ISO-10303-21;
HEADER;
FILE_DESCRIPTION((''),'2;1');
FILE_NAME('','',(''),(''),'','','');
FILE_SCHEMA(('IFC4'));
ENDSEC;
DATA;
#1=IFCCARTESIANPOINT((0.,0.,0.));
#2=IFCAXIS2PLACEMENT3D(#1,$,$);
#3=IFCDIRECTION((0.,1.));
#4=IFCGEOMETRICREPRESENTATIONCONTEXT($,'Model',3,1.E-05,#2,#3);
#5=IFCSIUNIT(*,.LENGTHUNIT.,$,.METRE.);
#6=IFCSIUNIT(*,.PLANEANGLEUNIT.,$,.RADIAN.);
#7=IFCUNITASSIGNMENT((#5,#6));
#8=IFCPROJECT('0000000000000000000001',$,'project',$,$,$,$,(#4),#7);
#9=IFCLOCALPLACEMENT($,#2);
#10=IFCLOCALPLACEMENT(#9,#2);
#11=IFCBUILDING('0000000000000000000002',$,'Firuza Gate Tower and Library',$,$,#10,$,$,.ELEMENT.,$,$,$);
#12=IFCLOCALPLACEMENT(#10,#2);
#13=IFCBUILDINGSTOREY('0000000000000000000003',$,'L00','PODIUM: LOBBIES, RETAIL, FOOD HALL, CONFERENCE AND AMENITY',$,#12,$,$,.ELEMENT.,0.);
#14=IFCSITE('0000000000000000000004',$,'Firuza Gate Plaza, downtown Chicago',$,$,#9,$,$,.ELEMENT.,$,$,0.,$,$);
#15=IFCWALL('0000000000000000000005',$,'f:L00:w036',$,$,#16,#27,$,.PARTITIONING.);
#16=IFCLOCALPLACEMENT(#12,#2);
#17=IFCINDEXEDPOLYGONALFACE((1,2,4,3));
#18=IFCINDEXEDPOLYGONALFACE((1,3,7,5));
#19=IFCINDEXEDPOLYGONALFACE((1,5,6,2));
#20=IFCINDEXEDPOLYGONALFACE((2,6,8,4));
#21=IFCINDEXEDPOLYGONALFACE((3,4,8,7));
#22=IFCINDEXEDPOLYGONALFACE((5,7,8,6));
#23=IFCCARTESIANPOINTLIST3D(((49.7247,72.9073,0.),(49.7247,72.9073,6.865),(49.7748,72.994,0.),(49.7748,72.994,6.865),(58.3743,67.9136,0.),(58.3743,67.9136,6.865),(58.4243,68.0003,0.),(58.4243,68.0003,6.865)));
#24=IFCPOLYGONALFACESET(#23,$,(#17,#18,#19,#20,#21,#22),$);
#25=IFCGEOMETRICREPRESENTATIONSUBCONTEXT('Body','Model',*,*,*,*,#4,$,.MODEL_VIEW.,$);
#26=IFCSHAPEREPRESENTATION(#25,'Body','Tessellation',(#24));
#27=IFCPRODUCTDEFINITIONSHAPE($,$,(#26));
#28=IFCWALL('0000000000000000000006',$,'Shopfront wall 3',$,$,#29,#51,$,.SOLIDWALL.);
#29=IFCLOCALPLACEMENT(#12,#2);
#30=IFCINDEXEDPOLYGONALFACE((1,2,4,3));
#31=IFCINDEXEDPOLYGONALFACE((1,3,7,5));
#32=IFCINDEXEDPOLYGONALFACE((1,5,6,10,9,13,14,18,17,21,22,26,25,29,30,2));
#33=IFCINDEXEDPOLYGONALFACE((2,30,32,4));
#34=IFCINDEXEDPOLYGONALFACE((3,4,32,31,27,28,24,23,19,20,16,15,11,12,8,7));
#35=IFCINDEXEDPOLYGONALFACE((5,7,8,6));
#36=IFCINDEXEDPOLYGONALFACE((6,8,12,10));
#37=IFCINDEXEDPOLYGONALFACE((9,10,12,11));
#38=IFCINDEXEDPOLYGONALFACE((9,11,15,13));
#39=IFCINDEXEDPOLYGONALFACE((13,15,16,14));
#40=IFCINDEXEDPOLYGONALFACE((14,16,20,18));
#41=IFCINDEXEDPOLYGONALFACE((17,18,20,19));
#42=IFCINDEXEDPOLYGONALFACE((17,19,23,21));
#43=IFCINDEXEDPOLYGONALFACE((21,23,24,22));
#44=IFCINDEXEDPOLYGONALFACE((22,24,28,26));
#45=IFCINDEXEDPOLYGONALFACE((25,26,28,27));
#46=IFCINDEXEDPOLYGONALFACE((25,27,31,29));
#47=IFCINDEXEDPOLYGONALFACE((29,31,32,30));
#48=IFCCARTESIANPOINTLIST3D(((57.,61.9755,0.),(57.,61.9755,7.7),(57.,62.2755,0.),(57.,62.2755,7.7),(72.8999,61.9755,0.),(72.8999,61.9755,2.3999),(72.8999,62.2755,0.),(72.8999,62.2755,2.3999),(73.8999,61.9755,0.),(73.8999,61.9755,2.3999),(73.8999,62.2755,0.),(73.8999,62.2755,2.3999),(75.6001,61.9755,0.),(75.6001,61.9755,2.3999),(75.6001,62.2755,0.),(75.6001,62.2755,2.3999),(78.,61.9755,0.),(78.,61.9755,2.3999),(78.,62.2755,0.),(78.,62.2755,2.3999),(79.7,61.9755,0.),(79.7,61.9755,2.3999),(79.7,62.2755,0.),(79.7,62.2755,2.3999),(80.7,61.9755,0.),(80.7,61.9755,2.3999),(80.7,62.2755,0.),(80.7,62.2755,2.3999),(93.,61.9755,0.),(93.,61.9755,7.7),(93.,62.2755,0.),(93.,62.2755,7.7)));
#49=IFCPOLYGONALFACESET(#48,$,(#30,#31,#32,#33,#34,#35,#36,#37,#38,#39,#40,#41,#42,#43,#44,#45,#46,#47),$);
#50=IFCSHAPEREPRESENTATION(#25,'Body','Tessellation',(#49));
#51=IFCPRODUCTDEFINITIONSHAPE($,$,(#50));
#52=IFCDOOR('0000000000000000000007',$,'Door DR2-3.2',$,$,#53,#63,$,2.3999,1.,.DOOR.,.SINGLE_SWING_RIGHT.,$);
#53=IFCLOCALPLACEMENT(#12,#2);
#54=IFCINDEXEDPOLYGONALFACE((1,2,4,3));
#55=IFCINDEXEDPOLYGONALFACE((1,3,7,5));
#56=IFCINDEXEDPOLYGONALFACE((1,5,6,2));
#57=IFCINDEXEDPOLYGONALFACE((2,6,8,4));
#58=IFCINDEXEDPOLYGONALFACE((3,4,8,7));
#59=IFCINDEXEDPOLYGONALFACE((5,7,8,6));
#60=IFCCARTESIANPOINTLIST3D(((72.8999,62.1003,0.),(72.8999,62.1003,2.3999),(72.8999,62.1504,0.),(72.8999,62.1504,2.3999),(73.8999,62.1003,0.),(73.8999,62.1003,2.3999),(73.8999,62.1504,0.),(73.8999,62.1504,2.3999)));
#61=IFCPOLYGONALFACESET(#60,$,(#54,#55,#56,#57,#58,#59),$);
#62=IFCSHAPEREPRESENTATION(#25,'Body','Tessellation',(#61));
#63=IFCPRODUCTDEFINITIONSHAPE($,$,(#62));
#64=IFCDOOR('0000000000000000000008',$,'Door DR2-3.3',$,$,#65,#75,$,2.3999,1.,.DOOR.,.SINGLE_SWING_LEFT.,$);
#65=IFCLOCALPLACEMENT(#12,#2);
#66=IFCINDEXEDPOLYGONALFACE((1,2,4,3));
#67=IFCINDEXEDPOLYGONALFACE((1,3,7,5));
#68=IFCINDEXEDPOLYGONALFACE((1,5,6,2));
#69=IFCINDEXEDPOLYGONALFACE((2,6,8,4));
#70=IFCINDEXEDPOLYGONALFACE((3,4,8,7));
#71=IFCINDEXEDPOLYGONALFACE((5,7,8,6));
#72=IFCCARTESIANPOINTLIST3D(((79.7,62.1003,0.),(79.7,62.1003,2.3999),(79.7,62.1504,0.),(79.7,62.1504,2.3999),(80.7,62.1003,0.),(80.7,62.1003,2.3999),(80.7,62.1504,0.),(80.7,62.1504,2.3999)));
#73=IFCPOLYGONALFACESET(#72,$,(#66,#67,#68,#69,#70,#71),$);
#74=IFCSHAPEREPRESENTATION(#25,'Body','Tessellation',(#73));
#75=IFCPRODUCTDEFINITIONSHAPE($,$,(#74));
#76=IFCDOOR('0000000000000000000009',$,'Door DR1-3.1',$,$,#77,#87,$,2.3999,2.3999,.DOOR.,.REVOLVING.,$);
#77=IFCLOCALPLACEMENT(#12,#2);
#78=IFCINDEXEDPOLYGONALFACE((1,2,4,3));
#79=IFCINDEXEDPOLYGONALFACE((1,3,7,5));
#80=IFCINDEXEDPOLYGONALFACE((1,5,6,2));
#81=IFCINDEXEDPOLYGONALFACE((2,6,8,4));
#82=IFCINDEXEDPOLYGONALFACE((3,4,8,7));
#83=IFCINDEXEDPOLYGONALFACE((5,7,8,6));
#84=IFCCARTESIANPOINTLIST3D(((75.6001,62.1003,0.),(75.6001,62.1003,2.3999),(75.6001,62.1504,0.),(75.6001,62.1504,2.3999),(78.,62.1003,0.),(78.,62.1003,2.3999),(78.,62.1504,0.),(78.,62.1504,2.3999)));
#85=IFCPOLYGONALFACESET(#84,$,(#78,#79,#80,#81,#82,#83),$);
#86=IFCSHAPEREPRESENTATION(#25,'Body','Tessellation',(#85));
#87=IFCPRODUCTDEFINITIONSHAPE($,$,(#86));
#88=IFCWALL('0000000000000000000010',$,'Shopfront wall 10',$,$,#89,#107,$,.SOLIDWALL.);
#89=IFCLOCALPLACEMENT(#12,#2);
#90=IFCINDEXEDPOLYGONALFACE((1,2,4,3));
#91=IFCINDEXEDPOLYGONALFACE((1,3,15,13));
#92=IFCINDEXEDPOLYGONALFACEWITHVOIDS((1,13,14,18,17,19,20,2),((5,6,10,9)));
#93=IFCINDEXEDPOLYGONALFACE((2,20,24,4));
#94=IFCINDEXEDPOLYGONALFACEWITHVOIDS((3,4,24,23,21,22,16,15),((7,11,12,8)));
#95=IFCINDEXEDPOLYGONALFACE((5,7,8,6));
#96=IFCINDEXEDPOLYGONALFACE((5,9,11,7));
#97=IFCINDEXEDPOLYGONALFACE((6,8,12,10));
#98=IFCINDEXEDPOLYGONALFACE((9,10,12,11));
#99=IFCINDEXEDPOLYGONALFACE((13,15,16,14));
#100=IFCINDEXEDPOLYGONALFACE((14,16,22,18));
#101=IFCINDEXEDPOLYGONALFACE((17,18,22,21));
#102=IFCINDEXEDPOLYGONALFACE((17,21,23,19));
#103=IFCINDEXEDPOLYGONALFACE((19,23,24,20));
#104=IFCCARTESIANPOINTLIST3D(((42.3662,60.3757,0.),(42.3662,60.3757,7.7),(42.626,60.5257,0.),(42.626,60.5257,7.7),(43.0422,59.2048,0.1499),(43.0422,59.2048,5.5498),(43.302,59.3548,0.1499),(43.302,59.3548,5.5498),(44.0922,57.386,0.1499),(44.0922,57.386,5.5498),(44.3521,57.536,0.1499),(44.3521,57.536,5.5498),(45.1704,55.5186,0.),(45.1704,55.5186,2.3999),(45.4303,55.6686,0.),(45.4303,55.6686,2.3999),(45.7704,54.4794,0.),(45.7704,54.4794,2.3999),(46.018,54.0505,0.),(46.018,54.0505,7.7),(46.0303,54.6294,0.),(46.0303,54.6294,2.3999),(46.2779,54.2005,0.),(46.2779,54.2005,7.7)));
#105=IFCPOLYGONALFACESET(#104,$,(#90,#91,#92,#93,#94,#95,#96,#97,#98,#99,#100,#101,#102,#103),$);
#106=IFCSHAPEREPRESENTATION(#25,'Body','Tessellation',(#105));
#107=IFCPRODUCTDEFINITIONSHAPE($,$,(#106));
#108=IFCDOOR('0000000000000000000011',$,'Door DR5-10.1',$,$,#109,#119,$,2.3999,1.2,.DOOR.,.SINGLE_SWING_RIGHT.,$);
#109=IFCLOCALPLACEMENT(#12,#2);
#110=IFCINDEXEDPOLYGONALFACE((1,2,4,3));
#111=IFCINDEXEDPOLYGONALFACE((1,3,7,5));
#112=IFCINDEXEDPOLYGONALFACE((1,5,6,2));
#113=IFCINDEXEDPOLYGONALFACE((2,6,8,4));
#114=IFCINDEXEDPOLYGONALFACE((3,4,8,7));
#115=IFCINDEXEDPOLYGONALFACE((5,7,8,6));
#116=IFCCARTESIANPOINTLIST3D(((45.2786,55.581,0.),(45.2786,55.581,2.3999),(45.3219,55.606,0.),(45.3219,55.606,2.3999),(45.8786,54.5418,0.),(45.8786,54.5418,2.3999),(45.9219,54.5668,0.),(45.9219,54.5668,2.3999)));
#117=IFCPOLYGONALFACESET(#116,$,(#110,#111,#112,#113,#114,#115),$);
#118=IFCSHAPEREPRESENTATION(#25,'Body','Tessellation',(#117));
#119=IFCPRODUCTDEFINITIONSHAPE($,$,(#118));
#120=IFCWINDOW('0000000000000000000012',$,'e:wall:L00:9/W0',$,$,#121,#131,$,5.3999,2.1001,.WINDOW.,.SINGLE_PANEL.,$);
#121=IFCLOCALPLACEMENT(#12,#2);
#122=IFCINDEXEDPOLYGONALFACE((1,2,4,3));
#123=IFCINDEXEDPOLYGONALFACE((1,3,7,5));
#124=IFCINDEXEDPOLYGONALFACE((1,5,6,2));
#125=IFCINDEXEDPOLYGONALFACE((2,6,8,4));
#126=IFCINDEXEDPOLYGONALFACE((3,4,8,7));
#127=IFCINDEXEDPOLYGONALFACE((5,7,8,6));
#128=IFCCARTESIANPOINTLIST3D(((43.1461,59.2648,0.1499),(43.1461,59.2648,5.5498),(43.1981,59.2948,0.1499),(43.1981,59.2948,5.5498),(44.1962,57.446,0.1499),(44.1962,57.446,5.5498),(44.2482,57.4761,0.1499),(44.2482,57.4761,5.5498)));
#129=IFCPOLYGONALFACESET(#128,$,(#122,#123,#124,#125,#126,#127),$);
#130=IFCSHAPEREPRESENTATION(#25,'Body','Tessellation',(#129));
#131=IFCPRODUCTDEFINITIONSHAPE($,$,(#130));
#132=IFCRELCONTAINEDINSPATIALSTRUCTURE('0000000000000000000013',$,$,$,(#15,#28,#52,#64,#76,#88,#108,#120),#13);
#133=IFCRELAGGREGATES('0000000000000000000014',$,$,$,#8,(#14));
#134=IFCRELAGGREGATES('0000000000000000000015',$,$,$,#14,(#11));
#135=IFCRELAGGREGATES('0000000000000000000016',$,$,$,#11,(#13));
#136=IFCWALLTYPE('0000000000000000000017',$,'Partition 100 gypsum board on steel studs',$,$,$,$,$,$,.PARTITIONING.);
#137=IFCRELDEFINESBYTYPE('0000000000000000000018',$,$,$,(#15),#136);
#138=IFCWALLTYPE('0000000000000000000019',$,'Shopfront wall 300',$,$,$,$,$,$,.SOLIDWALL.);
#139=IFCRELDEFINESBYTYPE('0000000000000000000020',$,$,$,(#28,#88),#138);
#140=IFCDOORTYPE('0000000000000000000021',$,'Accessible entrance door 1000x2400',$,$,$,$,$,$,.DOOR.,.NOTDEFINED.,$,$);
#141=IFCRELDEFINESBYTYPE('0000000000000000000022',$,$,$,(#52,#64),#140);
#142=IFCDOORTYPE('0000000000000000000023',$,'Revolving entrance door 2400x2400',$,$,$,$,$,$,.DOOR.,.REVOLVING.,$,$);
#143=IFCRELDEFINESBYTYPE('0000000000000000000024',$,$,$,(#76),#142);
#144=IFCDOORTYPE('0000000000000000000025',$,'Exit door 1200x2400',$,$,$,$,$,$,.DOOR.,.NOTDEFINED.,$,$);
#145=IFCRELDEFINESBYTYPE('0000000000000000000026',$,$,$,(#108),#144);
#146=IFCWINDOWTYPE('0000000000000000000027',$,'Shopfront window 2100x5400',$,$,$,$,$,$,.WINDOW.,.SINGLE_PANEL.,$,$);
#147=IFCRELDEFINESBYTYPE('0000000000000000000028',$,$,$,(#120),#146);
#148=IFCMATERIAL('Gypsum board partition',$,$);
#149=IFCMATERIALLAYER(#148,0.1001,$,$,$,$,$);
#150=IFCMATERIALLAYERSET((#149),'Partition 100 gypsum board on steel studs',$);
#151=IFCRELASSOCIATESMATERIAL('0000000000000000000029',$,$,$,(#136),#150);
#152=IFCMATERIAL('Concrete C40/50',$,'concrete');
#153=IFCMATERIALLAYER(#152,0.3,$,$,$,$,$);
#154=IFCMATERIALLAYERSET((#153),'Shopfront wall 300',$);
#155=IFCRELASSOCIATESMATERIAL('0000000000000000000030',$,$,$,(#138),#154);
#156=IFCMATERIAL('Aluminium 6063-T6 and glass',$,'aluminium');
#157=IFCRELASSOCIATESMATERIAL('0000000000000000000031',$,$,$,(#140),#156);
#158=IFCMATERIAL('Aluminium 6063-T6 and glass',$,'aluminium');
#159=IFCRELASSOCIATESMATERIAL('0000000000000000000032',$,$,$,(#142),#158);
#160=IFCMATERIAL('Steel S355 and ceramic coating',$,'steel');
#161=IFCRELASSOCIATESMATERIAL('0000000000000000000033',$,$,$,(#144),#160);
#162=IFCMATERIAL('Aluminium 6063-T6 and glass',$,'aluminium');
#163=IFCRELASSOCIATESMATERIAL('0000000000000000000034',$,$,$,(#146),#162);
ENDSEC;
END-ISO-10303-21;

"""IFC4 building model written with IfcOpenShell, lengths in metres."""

from ifc_helpers import new_model, si_unit, direction, frame, frame_2d, origin, place, context, subcontext, project, spatial, rectangle, extrude, material, layer, layer_set, type_object, element, fill, save


model = new_model("IFC4")

# Units and contexts
model_context = context("Model", 3, precision=1e-05, world=origin(), true_north=direction((0.0, 1.0)))
body_context = subcontext(model_context, "Body", "Model", "MODEL_VIEW")
ifc_project = project(units=[si_unit("LENGTHUNIT", "METRE"), si_unit("PLANEANGLEUNIT", "RADIAN")], contexts=[model_context])

# Site, building, storey
site_placement = place(None, origin())
site = spatial("IfcSite", under=ifc_project, at=site_placement, Name="Firuza Gate Plaza, downtown Chicago", CompositionType="ELEMENT", RefElevation=0.0)
building_placement = place(site_placement, origin())
building = spatial("IfcBuilding", under=site, at=building_placement, Name="Firuza Gate Tower and Library", CompositionType="ELEMENT")
storey_placement = place(building_placement, origin())
storey = spatial("IfcBuildingStorey", under=building, at=storey_placement, Name="L00", Description="PODIUM: LOBBIES, RETAIL, FOOD HALL, CONFERENCE AND AMENITY", CompositionType="ELEMENT", Elevation=0.0)

# Wall
ifc_material_1 = material(Name="Gypsum board partition")
ifc_layer_1 = layer(ifc_material_1, 0.1001)
ifc_layer_set_1 = layer_set([ifc_layer_1], Name="Partition 100 gypsum board on steel studs")
wall_type_1 = type_object("IfcWallType", Name="Partition 100 gypsum board on steel studs", PredefinedType="PARTITIONING", material=ifc_layer_set_1)
wall_1_placement = place(storey_placement, frame((58.3992, 67.957, 0.0), z_axis=(0.0, 0.0, 1.0), x_axis=(-0.866029, 0.499993, 0.0)))
element("IfcWall", 1, at=wall_1_placement, inside=storey, type_object=wall_type_1, Name="f:L00:w036", PredefinedType="PARTITIONING", context=body_context, shape_type="SweptSolid", body=[
    extrude(rectangle(XDim=9.9875, YDim=0.1001, at=frame_2d((4.9937, 0.0))), origin(), (0.0, 0.0, 1.0), 6.865),
])

# Wall, openings, doors
ifc_material_2 = material(Name="Concrete C40/50", Category="concrete")
ifc_layer_2 = layer(ifc_material_2, 0.3)
ifc_layer_set_2 = layer_set([ifc_layer_2], Name="Shopfront wall 300")
wall_type_2 = type_object("IfcWallType", Name="Shopfront wall 300", PredefinedType="SOLIDWALL", material=ifc_layer_set_2)
wall_2_placement = place(storey_placement, frame((57.0, 62.1255, 0.0), z_axis=(0.0, 0.0, 1.0), x_axis=(1.0, 0.0, 0.0)))
wall_2 = element("IfcWall", 2, at=wall_2_placement, inside=storey, type_object=wall_type_2, Name="Shopfront wall 3", PredefinedType="SOLIDWALL", context=body_context, shape_type="SweptSolid", body=[
    extrude(rectangle(XDim=36.0, YDim=0.3, at=frame_2d((18.0, 0.0))), origin(), (0.0, 0.0, 1.0), 7.7),
])
opening_1_placement = place(wall_2_placement, frame((18.6001, 0.0, 0.0)))
opening_1 = element("IfcOpeningElement", 3, at=opening_1_placement, cuts=wall_2, PredefinedType="OPENING", context=body_context, shape_type="SweptSolid", body=[
    extrude(rectangle(XDim=2.3999, YDim=2.3999, at=frame_2d((1.2, 1.2))), frame((0.0, 0.1602, 0.0), z_axis=(0.0, -1.0, 0.0), x_axis=(1.0, 0.0, 0.0)), (0.0, 0.0, 1.0), 0.3201),
])
opening_2_placement = place(wall_2_placement, frame((15.8999, 0.0, 0.0)))
opening_2 = element("IfcOpeningElement", 4, at=opening_2_placement, cuts=wall_2, PredefinedType="OPENING", context=body_context, shape_type="SweptSolid", body=[
    extrude(rectangle(XDim=1.0, YDim=2.3999, at=frame_2d((0.5, 1.2))), frame((0.0, 0.1602, 0.0), z_axis=(0.0, -1.0, 0.0), x_axis=(1.0, 0.0, 0.0)), (0.0, 0.0, 1.0), 0.3201),
])
opening_3_placement = place(wall_2_placement, frame((22.7, 0.0, 0.0)))
opening_3 = element("IfcOpeningElement", 5, at=opening_3_placement, cuts=wall_2, PredefinedType="OPENING", context=body_context, shape_type="SweptSolid", body=[
    extrude(rectangle(XDim=1.0, YDim=2.3999, at=frame_2d((0.5, 1.2))), frame((0.0, 0.1602, 0.0), z_axis=(0.0, -1.0, 0.0), x_axis=(1.0, 0.0, 0.0)), (0.0, 0.0, 1.0), 0.3201),
])
ifc_material_3 = material(Name="Aluminium 6063-T6 and glass", Category="aluminium")
door_type_1 = type_object("IfcDoorType", Name="Accessible entrance door 1000x2400", OperationType="NOTDEFINED", PredefinedType="DOOR", material=ifc_material_3)
door_1_placement = place(opening_2_placement, origin())
door_1 = element("IfcDoor", 6, at=door_1_placement, inside=storey, type_object=door_type_1, Name="Door DR2-3.2", OperationType="SINGLE_SWING_RIGHT", OverallHeight=2.3999, OverallWidth=1.0, PredefinedType="DOOR", context=body_context, shape_type="SweptSolid", body=[
    extrude(rectangle(XDim=1.0, YDim=2.3999, at=frame_2d((0.5, 1.2))), frame((0.0, 0.0249, 0.0), z_axis=(0.0, -1.0, 0.0), x_axis=(1.0, 0.0, 0.0)), (0.0, 0.0, 1.0), 0.05),
])
fill(opening_2, door_1)
door_2_placement = place(opening_3_placement, origin())
door_2 = element("IfcDoor", 7, at=door_2_placement, inside=storey, type_object=door_type_1, Name="Door DR2-3.3", OperationType="SINGLE_SWING_LEFT", OverallHeight=2.3999, OverallWidth=1.0, PredefinedType="DOOR", context=body_context, shape_type="SweptSolid", body=[
    extrude(rectangle(XDim=1.0, YDim=2.3999, at=frame_2d((0.5, 1.2))), frame((0.0, 0.0249, 0.0), z_axis=(0.0, -1.0, 0.0), x_axis=(1.0, 0.0, 0.0)), (0.0, 0.0, 1.0), 0.05),
])
fill(opening_3, door_2)
ifc_material_4 = material(Name="Aluminium 6063-T6 and glass", Category="aluminium")
door_type_2 = type_object("IfcDoorType", Name="Revolving entrance door 2400x2400", OperationType="REVOLVING", PredefinedType="DOOR", material=ifc_material_4)
door_3_placement = place(opening_1_placement, origin())
door_3 = element("IfcDoor", 8, at=door_3_placement, inside=storey, type_object=door_type_2, Name="Door DR1-3.1", OperationType="REVOLVING", OverallHeight=2.3999, OverallWidth=2.3999, PredefinedType="DOOR", context=body_context, shape_type="SweptSolid", body=[
    extrude(rectangle(XDim=2.3999, YDim=2.3999, at=frame_2d((1.2, 1.2))), frame((0.0, 0.0249, 0.0), z_axis=(0.0, -1.0, 0.0), x_axis=(1.0, 0.0, 0.0)), (0.0, 0.0, 1.0), 0.05),
])
fill(opening_1, door_3)

# Wall, openings, door, window
wall_3_placement = place(storey_placement, frame((42.4961, 60.4507, 0.0), z_axis=(0.0, 0.0, 1.0), x_axis=(0.5, -0.866025, 0.0)))
wall_3 = element("IfcWall", 9, at=wall_3_placement, inside=storey, type_object=wall_type_2, Name="Shopfront wall 10", PredefinedType="SOLIDWALL", context=body_context, shape_type="SweptSolid", body=[
    extrude(rectangle(XDim=7.3037, YDim=0.3, at=frame_2d((3.6519, 0.0))), origin(), (0.0, 0.0, 1.0), 7.7),
])
opening_4_placement = place(wall_3_placement, frame((5.6084, 0.0, 0.0)))
opening_4 = element("IfcOpeningElement", 10, at=opening_4_placement, cuts=wall_3, PredefinedType="OPENING", context=body_context, shape_type="SweptSolid", body=[
    extrude(rectangle(XDim=1.2, YDim=2.3999, at=frame_2d((0.6001, 1.2))), frame((0.0, 0.1602, 0.0), z_axis=(0.0, -1.0, 0.0), x_axis=(1.0, 0.0, 0.0)), (0.0, 0.0, 1.0), 0.3201),
])
opening_5_placement = place(wall_3_placement, frame((1.3521, 0.0, 0.1499)))
opening_5 = element("IfcOpeningElement", 11, at=opening_5_placement, cuts=wall_3, PredefinedType="OPENING", context=body_context, shape_type="SweptSolid", body=[
    extrude(rectangle(XDim=2.1001, YDim=5.3999, at=frame_2d((1.05, 2.7))), frame((0.0, 0.1602, 0.0), z_axis=(0.0, -1.0, 0.0), x_axis=(1.0, 0.0, 0.0)), (0.0, 0.0, 1.0), 0.3201),
])
ifc_material_5 = material(Name="Steel S355 and ceramic coating", Category="steel")
door_type_3 = type_object("IfcDoorType", Name="Exit door 1200x2400", OperationType="NOTDEFINED", PredefinedType="DOOR", material=ifc_material_5)
door_4_placement = place(opening_4_placement, origin())
door_4 = element("IfcDoor", 12, at=door_4_placement, inside=storey, type_object=door_type_3, Name="Door DR5-10.1", OperationType="SINGLE_SWING_RIGHT", OverallHeight=2.3999, OverallWidth=1.2, PredefinedType="DOOR", context=body_context, shape_type="SweptSolid", body=[
    extrude(rectangle(XDim=1.2, YDim=2.3999, at=frame_2d((0.6001, 1.2))), frame((0.0, 0.0249, 0.0), z_axis=(0.0, -1.0, 0.0), x_axis=(1.0, 0.0, 0.0)), (0.0, 0.0, 1.0), 0.05),
])
fill(opening_4, door_4)
ifc_material_6 = material(Name="Aluminium 6063-T6 and glass", Category="aluminium")
window_type = type_object("IfcWindowType", Name="Shopfront window 2100x5400", PartitioningType="SINGLE_PANEL", PredefinedType="WINDOW", material=ifc_material_6)
window_placement = place(opening_5_placement, origin())
window = element("IfcWindow", 13, at=window_placement, inside=storey, type_object=window_type, Name="e:wall:L00:9/W0", OverallHeight=5.3999, OverallWidth=2.1001, PartitioningType="SINGLE_PANEL", PredefinedType="WINDOW", context=body_context, shape_type="SweptSolid", body=[
    extrude(rectangle(XDim=2.1001, YDim=5.3999, at=frame_2d((1.05, 2.7))), frame((0.0, 0.03, 0.0), z_axis=(0.0, -1.0, 0.0), x_axis=(1.0, 0.0, 0.0)), (0.0, 0.0, 1.0), 0.0601),
])
fill(opening_5, window)

save(model, "model.ifc")
